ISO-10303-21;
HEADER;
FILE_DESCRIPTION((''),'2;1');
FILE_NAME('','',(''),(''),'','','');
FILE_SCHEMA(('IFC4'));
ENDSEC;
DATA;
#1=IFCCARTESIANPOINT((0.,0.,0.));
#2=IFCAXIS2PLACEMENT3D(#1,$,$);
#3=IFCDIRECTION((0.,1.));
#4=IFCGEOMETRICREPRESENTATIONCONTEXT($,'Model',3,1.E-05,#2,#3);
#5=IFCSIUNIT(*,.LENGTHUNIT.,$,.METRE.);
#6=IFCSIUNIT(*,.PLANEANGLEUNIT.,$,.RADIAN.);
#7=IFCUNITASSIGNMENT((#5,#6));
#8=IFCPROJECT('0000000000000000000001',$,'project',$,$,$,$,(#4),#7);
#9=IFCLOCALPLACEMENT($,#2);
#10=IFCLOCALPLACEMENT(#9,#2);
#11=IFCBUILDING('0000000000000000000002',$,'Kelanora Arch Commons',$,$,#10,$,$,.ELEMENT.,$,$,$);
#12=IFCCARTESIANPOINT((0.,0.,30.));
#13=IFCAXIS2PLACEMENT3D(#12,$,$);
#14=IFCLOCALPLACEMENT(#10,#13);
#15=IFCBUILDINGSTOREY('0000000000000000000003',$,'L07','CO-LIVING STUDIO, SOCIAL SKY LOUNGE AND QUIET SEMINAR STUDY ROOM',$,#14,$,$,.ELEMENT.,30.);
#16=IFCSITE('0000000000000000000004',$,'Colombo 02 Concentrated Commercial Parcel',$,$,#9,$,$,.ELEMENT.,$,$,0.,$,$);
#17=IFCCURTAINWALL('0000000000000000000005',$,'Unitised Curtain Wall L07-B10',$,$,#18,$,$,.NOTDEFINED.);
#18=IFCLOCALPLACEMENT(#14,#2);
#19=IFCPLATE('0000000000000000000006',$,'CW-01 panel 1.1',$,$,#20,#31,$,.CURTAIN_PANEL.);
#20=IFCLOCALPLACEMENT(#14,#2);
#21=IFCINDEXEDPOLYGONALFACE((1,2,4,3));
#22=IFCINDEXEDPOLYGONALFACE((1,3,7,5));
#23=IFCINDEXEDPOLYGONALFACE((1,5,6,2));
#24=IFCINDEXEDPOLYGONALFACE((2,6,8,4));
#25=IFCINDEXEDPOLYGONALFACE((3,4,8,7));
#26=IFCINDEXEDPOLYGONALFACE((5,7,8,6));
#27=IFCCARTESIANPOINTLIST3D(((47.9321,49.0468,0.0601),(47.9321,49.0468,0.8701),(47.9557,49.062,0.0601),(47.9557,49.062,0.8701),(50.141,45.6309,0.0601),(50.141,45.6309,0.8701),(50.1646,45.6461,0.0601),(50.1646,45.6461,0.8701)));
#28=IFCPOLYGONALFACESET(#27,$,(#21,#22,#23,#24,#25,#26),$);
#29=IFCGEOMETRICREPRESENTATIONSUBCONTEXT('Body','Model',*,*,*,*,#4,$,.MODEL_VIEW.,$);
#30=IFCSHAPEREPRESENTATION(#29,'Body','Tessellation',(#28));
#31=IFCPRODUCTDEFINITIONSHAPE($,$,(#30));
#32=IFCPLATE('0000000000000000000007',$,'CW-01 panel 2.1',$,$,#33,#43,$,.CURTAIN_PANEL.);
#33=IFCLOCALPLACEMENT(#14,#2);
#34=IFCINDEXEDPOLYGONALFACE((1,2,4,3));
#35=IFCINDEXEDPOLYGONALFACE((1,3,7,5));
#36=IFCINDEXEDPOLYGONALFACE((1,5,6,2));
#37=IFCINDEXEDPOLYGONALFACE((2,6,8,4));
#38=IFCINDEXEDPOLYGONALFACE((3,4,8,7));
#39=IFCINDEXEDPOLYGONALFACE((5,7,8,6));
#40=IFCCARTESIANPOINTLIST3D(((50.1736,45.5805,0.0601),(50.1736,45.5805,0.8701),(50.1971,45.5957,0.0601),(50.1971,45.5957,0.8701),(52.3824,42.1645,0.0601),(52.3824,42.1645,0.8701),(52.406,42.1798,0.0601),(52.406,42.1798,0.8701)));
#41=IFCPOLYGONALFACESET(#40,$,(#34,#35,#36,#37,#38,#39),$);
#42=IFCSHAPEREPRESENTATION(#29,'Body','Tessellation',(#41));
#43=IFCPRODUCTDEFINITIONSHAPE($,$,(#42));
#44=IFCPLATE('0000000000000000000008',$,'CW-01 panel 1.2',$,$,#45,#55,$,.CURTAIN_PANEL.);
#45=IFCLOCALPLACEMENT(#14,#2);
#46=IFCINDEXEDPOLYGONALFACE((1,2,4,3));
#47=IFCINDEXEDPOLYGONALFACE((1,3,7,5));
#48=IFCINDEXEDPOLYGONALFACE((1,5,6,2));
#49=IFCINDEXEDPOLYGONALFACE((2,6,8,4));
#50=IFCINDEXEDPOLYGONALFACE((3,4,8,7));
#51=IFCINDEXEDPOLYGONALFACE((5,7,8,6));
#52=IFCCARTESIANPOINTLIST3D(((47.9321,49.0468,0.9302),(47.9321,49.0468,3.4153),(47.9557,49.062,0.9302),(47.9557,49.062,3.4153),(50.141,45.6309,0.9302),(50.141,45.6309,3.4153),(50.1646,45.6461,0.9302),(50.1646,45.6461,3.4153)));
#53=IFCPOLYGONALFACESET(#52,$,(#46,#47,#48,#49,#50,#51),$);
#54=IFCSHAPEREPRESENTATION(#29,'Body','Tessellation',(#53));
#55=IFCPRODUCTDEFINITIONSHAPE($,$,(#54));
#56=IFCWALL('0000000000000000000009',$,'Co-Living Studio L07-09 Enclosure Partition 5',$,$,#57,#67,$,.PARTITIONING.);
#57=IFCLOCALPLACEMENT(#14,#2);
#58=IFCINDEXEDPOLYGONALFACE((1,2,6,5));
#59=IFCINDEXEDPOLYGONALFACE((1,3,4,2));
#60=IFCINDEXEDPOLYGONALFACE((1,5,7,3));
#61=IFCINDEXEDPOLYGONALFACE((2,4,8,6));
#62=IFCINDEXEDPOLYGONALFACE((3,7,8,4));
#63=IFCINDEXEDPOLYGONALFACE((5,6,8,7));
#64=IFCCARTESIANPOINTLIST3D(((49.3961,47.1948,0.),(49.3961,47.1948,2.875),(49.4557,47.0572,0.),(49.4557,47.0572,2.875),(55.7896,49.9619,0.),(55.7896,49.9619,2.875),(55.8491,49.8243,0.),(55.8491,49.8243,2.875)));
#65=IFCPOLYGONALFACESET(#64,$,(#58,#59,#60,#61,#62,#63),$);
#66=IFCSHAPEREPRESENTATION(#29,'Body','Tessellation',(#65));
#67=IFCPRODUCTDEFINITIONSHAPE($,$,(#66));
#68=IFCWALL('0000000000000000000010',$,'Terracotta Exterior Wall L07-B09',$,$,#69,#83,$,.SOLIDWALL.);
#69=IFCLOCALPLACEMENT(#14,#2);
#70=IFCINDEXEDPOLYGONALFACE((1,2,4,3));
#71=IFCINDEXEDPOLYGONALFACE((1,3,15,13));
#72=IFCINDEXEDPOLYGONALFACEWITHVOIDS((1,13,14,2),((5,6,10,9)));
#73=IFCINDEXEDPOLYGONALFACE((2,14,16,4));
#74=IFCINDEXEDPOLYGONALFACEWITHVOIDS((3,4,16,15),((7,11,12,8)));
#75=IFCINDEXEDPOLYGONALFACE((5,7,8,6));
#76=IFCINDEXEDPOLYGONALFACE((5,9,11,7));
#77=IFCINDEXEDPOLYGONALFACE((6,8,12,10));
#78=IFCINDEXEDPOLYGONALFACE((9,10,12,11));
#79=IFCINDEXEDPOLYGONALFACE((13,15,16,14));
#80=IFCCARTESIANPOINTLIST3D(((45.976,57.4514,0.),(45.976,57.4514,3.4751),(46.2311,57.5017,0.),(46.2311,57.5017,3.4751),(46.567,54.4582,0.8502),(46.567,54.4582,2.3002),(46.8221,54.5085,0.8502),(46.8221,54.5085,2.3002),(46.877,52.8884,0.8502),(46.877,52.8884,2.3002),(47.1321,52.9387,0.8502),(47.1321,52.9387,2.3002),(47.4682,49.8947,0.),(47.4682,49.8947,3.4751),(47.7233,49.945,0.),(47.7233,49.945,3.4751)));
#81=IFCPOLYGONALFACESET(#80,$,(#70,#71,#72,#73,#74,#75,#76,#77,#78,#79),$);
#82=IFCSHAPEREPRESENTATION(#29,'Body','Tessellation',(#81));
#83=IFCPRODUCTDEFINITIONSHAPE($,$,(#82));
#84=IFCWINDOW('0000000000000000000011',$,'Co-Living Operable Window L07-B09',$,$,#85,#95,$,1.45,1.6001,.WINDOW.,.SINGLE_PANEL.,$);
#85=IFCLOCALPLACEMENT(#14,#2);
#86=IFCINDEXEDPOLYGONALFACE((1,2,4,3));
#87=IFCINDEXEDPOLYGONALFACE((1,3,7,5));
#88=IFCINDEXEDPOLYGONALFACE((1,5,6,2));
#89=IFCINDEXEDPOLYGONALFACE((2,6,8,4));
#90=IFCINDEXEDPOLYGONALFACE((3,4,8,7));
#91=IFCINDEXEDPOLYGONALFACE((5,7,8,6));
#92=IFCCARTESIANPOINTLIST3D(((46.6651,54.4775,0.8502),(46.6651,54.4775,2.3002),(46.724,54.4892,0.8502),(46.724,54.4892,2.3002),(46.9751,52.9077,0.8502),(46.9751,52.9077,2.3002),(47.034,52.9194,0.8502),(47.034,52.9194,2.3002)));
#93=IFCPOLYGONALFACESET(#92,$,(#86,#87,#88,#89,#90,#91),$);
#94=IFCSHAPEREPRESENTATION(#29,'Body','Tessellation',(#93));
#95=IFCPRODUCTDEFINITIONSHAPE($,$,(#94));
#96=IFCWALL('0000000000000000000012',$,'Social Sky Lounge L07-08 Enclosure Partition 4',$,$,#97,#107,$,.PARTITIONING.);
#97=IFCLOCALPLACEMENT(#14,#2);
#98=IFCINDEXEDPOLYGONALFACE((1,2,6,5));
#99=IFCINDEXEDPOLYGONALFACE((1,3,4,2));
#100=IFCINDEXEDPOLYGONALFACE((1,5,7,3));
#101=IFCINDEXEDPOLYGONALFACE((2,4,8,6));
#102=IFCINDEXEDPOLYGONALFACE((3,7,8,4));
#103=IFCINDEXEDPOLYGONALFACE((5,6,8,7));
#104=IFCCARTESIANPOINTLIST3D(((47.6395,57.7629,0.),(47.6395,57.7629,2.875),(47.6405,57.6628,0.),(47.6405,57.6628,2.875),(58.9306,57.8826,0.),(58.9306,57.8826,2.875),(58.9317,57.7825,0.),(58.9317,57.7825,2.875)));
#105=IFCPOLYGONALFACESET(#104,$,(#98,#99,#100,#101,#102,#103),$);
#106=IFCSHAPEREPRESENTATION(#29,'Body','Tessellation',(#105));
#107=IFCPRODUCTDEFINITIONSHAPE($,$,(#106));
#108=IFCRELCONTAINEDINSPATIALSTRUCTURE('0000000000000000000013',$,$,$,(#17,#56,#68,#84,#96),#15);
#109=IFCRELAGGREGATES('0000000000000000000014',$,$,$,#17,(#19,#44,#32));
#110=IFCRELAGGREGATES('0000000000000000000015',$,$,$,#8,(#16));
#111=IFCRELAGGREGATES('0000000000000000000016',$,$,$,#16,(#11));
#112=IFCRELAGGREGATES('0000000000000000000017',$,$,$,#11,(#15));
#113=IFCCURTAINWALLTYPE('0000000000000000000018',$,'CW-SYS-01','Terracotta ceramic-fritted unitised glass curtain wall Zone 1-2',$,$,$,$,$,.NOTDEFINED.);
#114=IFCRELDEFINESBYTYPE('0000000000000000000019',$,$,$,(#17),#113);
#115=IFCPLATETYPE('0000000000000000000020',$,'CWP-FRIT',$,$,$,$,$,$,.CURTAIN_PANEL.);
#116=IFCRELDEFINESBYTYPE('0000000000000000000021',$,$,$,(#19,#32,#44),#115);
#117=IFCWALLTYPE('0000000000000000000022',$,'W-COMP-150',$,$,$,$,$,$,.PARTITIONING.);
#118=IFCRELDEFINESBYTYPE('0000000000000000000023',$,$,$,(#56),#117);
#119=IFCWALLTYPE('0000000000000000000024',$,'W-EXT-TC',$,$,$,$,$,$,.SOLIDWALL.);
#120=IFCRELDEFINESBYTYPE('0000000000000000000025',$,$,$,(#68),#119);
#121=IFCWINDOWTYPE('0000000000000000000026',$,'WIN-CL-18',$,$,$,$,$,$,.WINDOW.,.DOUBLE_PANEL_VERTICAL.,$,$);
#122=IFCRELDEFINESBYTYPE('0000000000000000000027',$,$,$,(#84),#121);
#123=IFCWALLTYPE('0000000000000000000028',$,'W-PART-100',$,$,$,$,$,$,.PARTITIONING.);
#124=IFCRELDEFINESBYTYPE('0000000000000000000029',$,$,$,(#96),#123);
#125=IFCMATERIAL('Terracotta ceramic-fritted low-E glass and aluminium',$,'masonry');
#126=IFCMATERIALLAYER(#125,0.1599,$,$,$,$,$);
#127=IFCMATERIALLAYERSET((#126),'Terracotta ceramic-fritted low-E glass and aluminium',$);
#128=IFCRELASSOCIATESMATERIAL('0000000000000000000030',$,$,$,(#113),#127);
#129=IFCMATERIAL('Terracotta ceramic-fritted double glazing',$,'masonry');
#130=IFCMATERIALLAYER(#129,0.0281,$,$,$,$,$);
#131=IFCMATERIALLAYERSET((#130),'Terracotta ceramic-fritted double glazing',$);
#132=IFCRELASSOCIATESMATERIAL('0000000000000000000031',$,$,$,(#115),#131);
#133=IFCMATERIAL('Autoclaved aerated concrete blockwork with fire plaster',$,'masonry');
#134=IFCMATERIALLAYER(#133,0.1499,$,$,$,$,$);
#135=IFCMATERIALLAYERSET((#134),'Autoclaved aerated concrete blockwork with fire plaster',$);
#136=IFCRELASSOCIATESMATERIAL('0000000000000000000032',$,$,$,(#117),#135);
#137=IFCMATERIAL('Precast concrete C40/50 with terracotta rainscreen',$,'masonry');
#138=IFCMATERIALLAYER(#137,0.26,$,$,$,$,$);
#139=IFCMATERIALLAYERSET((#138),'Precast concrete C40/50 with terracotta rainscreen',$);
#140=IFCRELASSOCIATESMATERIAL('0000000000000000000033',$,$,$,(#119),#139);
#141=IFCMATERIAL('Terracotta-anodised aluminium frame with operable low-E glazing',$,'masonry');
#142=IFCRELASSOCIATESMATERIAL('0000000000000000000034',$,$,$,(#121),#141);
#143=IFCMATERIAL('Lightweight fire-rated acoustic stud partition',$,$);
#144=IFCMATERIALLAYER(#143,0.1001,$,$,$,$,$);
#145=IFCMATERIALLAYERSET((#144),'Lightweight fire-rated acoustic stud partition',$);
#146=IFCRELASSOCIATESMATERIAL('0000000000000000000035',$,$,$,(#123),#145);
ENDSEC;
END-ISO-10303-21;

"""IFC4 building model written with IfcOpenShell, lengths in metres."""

from ifc_helpers import new_model, si_unit, direction, frame, frame_2d, origin, origin_2d, place, context, subcontext, project, spatial, rectangle, extrude, source, transform, mapped, material, layer, layer_set, type_object, element, fill, aggregate, save


model = new_model("IFC4")

# Units and contexts
model_context = context("Model", 3, precision=1e-05, world=origin(), true_north=direction((0.0, 1.0)))
body_context = subcontext(model_context, "Body", "Model", "MODEL_VIEW")
ifc_project = project(units=[si_unit("LENGTHUNIT", "METRE"), si_unit("PLANEANGLEUNIT", "RADIAN")], contexts=[model_context])

# Site, building, storey
site_placement = place(None, origin())
site = spatial("IfcSite", under=ifc_project, at=site_placement, Name="Colombo 02 Concentrated Commercial Parcel", CompositionType="ELEMENT", RefElevation=0.0)
building_placement = place(site_placement, origin())
building = spatial("IfcBuilding", under=site, at=building_placement, Name="Kelanora Arch Commons", CompositionType="ELEMENT")
storey_placement = place(building_placement, frame((0.0, 0.0, 30.0)))
storey = spatial("IfcBuildingStorey", under=building, at=storey_placement, Name="L07", Description="CO-LIVING STUDIO, SOCIAL SKY LOUNGE AND QUIET SEMINAR STUDY ROOM", CompositionType="ELEMENT", Elevation=30.0)

# Shared definitions
ifc_material_1 = material(Name="Terracotta ceramic-fritted low-E glass and aluminium", Category="masonry")
ifc_layer_1 = layer(ifc_material_1, 0.1599)
ifc_layer_set_1 = layer_set([ifc_layer_1], Name="Terracotta ceramic-fritted low-E glass and aluminium")
curtain_wall_type = type_object("IfcCurtainWallType", Name="CW-SYS-01", Description="Terracotta ceramic-fritted unitised glass curtain wall Zone 1-2", PredefinedType="NOTDEFINED", material=ifc_layer_set_1)

# Curtain wall
curtain_wall_1_placement = place(storey_placement, origin())
curtain_wall_1 = element("IfcCurtainWall", 1, at=curtain_wall_1_placement, inside=storey, type_object=curtain_wall_type, Name="Unitised Curtain Wall L07-B10", PredefinedType="NOTDEFINED")

# Plates
ifc_material_2 = material(Name="Terracotta ceramic-fritted double glazing", Category="masonry")
ifc_layer_2 = layer(ifc_material_2, 0.0281)
ifc_layer_set_2 = layer_set([ifc_layer_2], Name="Terracotta ceramic-fritted double glazing")
plate_type = type_object("IfcPlateType", Name="CWP-FRIT", PredefinedType="CURTAIN_PANEL", material=ifc_layer_set_2)
shared_shape_1 = source(origin(), body_context, "Body", "SweptSolid", [
    extrude(rectangle(XDim=4.0679, YDim=0.0281, at=origin_2d()), origin(), (0.0, 0.0, 1.0), 0.8101),
])
plate_1_placement = place(storey_placement, frame((49.0483, 47.3464, 0.0601), z_axis=(0.0, 0.0, 1.0), x_axis=(0.543004, -0.83973, 0.0)))
plate_1 = element("IfcPlate", 2, at=plate_1_placement, type_object=plate_type, Name="CW-01 panel 1.1", PredefinedType="CURTAIN_PANEL", context=body_context, shape_type="MappedRepresentation", body=[
    mapped(shared_shape_1, transform((0.0, 0.0, 0.0), scale=1.0)),
])
plate_2_placement = place(storey_placement, frame((51.2898, 43.8801, 0.0601), z_axis=(0.0, 0.0, 1.0), x_axis=(0.543004, -0.83973, 0.0)))
plate_2 = element("IfcPlate", 3, at=plate_2_placement, type_object=plate_type, Name="CW-01 panel 2.1", PredefinedType="CURTAIN_PANEL", context=body_context, shape_type="MappedRepresentation", body=[
    mapped(shared_shape_1, transform((0.0, 0.0, 0.0), scale=1.0)),
])
shared_shape_2 = source(origin(), body_context, "Body", "SweptSolid", [
    extrude(rectangle(XDim=4.0679, YDim=0.0281, at=origin_2d()), origin(), (0.0, 0.0, 1.0), 2.4851),
])
plate_3_placement = place(storey_placement, frame((49.0483, 47.3464, 0.9302), z_axis=(0.0, 0.0, 1.0), x_axis=(0.543004, -0.83973, 0.0)))
plate_3 = element("IfcPlate", 4, at=plate_3_placement, type_object=plate_type, Name="CW-01 panel 1.2", PredefinedType="CURTAIN_PANEL", context=body_context, shape_type="MappedRepresentation", body=[
    mapped(shared_shape_2, transform((0.0, 0.0, 0.0), scale=1.0)),
])
aggregate(curtain_wall_1, [plate_1, plate_3, plate_2])

# Wall
ifc_material_3 = material(Name="Autoclaved aerated concrete blockwork with fire plaster", Category="masonry")
ifc_layer_3 = layer(ifc_material_3, 0.1499)
ifc_layer_set_3 = layer_set([ifc_layer_3], Name="Autoclaved aerated concrete blockwork with fire plaster")
wall_type_1 = type_object("IfcWallType", Name="W-COMP-150", PredefinedType="PARTITIONING", material=ifc_layer_set_3)
wall_1_placement = place(storey_placement, frame((49.4258, 47.126, 0.0), z_axis=(0.0, 0.0, 1.0), x_axis=(0.917736, 0.39719, 0.0)))
element("IfcWall", 5, at=wall_1_placement, inside=storey, type_object=wall_type_1, Name="Co-Living Studio L07-09 Enclosure Partition 5", PredefinedType="PARTITIONING", context=body_context, shape_type="SweptSolid", body=[
    extrude(rectangle(XDim=6.9666, YDim=0.1499, at=frame_2d((3.4834, 0.0))), origin(), (0.0, 0.0, 1.0), 2.875),
])

# Wall, opening, window
ifc_material_4 = material(Name="Precast concrete C40/50 with terracotta rainscreen", Category="masonry")
ifc_layer_4 = layer(ifc_material_4, 0.26)
ifc_layer_set_4 = layer_set([ifc_layer_4], Name="Precast concrete C40/50 with terracotta rainscreen")
wall_type_2 = type_object("IfcWallType", Name="W-EXT-TC", PredefinedType="SOLIDWALL", material=ifc_layer_set_4)
wall_2_placement = place(storey_placement, frame((46.1035, 57.4766, 0.0), z_axis=(0.0, 0.0, 1.0), x_axis=(0.193726, -0.981056, 0.0)))
wall_2 = element("IfcWall", 6, at=wall_2_placement, inside=storey, type_object=wall_type_2, Name="Terracotta Exterior Wall L07-B09", PredefinedType="SOLIDWALL", context=body_context, shape_type="SweptSolid", body=[
    extrude(rectangle(XDim=7.7026, YDim=0.26, at=frame_2d((3.8513, 0.0))), origin(), (0.0, 0.0, 1.0), 3.4751),
])
opening_placement = place(wall_2_placement, frame((3.051, 0.0, 0.8501)))
opening = element("IfcOpeningElement", 7, at=opening_placement, cuts=wall_2, PredefinedType="OPENING", context=body_context, shape_type="SweptSolid", body=[
    extrude(rectangle(XDim=1.6001, YDim=1.45, at=frame_2d((0.8, 0.7251))), frame((0.0, 0.1401, 0.0), z_axis=(0.0, -1.0, 0.0), x_axis=(1.0, 0.0, 0.0)), (0.0, 0.0, 1.0), 0.28),
])
ifc_material_5 = material(Name="Terracotta-anodised aluminium frame with operable low-E glazing", Category="masonry")
window_type = type_object("IfcWindowType", Name="WIN-CL-18", PartitioningType="DOUBLE_PANEL_VERTICAL", PredefinedType="WINDOW", material=ifc_material_5)
window_placement = place(opening_placement, origin())
window = element("IfcWindow", 8, at=window_placement, inside=storey, type_object=window_type, Name="Co-Living Operable Window L07-B09", OverallHeight=1.45, OverallWidth=1.6001, PartitioningType="SINGLE_PANEL", PredefinedType="WINDOW", context=body_context, shape_type="SweptSolid", body=[
    extrude(rectangle(XDim=1.6001, YDim=1.45, at=frame_2d((0.8, 0.7251))), frame((0.0, 0.03, 0.0), z_axis=(0.0, -1.0, 0.0), x_axis=(1.0, 0.0, 0.0)), (0.0, 0.0, 1.0), 0.0601),
])
fill(opening, window)

# Wall
ifc_material_6 = material(Name="Lightweight fire-rated acoustic stud partition")
ifc_layer_5 = layer(ifc_material_6, 0.1001)
ifc_layer_set_5 = layer_set([ifc_layer_5], Name="Lightweight fire-rated acoustic stud partition")
wall_type_3 = type_object("IfcWallType", Name="W-PART-100", PredefinedType="PARTITIONING", material=ifc_layer_set_5)
wall_3_placement = place(storey_placement, frame((47.6399, 57.7129, 0.0), z_axis=(0.0, 0.0, 1.0), x_axis=(0.999944, 0.010594, 0.0)))
element("IfcWall", 9, at=wall_3_placement, inside=storey, type_object=wall_type_3, Name="Social Sky Lounge L07-08 Enclosure Partition 4", PredefinedType="PARTITIONING", context=body_context, shape_type="SweptSolid", body=[
    extrude(rectangle(XDim=11.2917, YDim=0.1001, at=frame_2d((5.646, 0.0))), origin(), (0.0, 0.0, 1.0), 2.875),
])

save(model, "model.ifc")
